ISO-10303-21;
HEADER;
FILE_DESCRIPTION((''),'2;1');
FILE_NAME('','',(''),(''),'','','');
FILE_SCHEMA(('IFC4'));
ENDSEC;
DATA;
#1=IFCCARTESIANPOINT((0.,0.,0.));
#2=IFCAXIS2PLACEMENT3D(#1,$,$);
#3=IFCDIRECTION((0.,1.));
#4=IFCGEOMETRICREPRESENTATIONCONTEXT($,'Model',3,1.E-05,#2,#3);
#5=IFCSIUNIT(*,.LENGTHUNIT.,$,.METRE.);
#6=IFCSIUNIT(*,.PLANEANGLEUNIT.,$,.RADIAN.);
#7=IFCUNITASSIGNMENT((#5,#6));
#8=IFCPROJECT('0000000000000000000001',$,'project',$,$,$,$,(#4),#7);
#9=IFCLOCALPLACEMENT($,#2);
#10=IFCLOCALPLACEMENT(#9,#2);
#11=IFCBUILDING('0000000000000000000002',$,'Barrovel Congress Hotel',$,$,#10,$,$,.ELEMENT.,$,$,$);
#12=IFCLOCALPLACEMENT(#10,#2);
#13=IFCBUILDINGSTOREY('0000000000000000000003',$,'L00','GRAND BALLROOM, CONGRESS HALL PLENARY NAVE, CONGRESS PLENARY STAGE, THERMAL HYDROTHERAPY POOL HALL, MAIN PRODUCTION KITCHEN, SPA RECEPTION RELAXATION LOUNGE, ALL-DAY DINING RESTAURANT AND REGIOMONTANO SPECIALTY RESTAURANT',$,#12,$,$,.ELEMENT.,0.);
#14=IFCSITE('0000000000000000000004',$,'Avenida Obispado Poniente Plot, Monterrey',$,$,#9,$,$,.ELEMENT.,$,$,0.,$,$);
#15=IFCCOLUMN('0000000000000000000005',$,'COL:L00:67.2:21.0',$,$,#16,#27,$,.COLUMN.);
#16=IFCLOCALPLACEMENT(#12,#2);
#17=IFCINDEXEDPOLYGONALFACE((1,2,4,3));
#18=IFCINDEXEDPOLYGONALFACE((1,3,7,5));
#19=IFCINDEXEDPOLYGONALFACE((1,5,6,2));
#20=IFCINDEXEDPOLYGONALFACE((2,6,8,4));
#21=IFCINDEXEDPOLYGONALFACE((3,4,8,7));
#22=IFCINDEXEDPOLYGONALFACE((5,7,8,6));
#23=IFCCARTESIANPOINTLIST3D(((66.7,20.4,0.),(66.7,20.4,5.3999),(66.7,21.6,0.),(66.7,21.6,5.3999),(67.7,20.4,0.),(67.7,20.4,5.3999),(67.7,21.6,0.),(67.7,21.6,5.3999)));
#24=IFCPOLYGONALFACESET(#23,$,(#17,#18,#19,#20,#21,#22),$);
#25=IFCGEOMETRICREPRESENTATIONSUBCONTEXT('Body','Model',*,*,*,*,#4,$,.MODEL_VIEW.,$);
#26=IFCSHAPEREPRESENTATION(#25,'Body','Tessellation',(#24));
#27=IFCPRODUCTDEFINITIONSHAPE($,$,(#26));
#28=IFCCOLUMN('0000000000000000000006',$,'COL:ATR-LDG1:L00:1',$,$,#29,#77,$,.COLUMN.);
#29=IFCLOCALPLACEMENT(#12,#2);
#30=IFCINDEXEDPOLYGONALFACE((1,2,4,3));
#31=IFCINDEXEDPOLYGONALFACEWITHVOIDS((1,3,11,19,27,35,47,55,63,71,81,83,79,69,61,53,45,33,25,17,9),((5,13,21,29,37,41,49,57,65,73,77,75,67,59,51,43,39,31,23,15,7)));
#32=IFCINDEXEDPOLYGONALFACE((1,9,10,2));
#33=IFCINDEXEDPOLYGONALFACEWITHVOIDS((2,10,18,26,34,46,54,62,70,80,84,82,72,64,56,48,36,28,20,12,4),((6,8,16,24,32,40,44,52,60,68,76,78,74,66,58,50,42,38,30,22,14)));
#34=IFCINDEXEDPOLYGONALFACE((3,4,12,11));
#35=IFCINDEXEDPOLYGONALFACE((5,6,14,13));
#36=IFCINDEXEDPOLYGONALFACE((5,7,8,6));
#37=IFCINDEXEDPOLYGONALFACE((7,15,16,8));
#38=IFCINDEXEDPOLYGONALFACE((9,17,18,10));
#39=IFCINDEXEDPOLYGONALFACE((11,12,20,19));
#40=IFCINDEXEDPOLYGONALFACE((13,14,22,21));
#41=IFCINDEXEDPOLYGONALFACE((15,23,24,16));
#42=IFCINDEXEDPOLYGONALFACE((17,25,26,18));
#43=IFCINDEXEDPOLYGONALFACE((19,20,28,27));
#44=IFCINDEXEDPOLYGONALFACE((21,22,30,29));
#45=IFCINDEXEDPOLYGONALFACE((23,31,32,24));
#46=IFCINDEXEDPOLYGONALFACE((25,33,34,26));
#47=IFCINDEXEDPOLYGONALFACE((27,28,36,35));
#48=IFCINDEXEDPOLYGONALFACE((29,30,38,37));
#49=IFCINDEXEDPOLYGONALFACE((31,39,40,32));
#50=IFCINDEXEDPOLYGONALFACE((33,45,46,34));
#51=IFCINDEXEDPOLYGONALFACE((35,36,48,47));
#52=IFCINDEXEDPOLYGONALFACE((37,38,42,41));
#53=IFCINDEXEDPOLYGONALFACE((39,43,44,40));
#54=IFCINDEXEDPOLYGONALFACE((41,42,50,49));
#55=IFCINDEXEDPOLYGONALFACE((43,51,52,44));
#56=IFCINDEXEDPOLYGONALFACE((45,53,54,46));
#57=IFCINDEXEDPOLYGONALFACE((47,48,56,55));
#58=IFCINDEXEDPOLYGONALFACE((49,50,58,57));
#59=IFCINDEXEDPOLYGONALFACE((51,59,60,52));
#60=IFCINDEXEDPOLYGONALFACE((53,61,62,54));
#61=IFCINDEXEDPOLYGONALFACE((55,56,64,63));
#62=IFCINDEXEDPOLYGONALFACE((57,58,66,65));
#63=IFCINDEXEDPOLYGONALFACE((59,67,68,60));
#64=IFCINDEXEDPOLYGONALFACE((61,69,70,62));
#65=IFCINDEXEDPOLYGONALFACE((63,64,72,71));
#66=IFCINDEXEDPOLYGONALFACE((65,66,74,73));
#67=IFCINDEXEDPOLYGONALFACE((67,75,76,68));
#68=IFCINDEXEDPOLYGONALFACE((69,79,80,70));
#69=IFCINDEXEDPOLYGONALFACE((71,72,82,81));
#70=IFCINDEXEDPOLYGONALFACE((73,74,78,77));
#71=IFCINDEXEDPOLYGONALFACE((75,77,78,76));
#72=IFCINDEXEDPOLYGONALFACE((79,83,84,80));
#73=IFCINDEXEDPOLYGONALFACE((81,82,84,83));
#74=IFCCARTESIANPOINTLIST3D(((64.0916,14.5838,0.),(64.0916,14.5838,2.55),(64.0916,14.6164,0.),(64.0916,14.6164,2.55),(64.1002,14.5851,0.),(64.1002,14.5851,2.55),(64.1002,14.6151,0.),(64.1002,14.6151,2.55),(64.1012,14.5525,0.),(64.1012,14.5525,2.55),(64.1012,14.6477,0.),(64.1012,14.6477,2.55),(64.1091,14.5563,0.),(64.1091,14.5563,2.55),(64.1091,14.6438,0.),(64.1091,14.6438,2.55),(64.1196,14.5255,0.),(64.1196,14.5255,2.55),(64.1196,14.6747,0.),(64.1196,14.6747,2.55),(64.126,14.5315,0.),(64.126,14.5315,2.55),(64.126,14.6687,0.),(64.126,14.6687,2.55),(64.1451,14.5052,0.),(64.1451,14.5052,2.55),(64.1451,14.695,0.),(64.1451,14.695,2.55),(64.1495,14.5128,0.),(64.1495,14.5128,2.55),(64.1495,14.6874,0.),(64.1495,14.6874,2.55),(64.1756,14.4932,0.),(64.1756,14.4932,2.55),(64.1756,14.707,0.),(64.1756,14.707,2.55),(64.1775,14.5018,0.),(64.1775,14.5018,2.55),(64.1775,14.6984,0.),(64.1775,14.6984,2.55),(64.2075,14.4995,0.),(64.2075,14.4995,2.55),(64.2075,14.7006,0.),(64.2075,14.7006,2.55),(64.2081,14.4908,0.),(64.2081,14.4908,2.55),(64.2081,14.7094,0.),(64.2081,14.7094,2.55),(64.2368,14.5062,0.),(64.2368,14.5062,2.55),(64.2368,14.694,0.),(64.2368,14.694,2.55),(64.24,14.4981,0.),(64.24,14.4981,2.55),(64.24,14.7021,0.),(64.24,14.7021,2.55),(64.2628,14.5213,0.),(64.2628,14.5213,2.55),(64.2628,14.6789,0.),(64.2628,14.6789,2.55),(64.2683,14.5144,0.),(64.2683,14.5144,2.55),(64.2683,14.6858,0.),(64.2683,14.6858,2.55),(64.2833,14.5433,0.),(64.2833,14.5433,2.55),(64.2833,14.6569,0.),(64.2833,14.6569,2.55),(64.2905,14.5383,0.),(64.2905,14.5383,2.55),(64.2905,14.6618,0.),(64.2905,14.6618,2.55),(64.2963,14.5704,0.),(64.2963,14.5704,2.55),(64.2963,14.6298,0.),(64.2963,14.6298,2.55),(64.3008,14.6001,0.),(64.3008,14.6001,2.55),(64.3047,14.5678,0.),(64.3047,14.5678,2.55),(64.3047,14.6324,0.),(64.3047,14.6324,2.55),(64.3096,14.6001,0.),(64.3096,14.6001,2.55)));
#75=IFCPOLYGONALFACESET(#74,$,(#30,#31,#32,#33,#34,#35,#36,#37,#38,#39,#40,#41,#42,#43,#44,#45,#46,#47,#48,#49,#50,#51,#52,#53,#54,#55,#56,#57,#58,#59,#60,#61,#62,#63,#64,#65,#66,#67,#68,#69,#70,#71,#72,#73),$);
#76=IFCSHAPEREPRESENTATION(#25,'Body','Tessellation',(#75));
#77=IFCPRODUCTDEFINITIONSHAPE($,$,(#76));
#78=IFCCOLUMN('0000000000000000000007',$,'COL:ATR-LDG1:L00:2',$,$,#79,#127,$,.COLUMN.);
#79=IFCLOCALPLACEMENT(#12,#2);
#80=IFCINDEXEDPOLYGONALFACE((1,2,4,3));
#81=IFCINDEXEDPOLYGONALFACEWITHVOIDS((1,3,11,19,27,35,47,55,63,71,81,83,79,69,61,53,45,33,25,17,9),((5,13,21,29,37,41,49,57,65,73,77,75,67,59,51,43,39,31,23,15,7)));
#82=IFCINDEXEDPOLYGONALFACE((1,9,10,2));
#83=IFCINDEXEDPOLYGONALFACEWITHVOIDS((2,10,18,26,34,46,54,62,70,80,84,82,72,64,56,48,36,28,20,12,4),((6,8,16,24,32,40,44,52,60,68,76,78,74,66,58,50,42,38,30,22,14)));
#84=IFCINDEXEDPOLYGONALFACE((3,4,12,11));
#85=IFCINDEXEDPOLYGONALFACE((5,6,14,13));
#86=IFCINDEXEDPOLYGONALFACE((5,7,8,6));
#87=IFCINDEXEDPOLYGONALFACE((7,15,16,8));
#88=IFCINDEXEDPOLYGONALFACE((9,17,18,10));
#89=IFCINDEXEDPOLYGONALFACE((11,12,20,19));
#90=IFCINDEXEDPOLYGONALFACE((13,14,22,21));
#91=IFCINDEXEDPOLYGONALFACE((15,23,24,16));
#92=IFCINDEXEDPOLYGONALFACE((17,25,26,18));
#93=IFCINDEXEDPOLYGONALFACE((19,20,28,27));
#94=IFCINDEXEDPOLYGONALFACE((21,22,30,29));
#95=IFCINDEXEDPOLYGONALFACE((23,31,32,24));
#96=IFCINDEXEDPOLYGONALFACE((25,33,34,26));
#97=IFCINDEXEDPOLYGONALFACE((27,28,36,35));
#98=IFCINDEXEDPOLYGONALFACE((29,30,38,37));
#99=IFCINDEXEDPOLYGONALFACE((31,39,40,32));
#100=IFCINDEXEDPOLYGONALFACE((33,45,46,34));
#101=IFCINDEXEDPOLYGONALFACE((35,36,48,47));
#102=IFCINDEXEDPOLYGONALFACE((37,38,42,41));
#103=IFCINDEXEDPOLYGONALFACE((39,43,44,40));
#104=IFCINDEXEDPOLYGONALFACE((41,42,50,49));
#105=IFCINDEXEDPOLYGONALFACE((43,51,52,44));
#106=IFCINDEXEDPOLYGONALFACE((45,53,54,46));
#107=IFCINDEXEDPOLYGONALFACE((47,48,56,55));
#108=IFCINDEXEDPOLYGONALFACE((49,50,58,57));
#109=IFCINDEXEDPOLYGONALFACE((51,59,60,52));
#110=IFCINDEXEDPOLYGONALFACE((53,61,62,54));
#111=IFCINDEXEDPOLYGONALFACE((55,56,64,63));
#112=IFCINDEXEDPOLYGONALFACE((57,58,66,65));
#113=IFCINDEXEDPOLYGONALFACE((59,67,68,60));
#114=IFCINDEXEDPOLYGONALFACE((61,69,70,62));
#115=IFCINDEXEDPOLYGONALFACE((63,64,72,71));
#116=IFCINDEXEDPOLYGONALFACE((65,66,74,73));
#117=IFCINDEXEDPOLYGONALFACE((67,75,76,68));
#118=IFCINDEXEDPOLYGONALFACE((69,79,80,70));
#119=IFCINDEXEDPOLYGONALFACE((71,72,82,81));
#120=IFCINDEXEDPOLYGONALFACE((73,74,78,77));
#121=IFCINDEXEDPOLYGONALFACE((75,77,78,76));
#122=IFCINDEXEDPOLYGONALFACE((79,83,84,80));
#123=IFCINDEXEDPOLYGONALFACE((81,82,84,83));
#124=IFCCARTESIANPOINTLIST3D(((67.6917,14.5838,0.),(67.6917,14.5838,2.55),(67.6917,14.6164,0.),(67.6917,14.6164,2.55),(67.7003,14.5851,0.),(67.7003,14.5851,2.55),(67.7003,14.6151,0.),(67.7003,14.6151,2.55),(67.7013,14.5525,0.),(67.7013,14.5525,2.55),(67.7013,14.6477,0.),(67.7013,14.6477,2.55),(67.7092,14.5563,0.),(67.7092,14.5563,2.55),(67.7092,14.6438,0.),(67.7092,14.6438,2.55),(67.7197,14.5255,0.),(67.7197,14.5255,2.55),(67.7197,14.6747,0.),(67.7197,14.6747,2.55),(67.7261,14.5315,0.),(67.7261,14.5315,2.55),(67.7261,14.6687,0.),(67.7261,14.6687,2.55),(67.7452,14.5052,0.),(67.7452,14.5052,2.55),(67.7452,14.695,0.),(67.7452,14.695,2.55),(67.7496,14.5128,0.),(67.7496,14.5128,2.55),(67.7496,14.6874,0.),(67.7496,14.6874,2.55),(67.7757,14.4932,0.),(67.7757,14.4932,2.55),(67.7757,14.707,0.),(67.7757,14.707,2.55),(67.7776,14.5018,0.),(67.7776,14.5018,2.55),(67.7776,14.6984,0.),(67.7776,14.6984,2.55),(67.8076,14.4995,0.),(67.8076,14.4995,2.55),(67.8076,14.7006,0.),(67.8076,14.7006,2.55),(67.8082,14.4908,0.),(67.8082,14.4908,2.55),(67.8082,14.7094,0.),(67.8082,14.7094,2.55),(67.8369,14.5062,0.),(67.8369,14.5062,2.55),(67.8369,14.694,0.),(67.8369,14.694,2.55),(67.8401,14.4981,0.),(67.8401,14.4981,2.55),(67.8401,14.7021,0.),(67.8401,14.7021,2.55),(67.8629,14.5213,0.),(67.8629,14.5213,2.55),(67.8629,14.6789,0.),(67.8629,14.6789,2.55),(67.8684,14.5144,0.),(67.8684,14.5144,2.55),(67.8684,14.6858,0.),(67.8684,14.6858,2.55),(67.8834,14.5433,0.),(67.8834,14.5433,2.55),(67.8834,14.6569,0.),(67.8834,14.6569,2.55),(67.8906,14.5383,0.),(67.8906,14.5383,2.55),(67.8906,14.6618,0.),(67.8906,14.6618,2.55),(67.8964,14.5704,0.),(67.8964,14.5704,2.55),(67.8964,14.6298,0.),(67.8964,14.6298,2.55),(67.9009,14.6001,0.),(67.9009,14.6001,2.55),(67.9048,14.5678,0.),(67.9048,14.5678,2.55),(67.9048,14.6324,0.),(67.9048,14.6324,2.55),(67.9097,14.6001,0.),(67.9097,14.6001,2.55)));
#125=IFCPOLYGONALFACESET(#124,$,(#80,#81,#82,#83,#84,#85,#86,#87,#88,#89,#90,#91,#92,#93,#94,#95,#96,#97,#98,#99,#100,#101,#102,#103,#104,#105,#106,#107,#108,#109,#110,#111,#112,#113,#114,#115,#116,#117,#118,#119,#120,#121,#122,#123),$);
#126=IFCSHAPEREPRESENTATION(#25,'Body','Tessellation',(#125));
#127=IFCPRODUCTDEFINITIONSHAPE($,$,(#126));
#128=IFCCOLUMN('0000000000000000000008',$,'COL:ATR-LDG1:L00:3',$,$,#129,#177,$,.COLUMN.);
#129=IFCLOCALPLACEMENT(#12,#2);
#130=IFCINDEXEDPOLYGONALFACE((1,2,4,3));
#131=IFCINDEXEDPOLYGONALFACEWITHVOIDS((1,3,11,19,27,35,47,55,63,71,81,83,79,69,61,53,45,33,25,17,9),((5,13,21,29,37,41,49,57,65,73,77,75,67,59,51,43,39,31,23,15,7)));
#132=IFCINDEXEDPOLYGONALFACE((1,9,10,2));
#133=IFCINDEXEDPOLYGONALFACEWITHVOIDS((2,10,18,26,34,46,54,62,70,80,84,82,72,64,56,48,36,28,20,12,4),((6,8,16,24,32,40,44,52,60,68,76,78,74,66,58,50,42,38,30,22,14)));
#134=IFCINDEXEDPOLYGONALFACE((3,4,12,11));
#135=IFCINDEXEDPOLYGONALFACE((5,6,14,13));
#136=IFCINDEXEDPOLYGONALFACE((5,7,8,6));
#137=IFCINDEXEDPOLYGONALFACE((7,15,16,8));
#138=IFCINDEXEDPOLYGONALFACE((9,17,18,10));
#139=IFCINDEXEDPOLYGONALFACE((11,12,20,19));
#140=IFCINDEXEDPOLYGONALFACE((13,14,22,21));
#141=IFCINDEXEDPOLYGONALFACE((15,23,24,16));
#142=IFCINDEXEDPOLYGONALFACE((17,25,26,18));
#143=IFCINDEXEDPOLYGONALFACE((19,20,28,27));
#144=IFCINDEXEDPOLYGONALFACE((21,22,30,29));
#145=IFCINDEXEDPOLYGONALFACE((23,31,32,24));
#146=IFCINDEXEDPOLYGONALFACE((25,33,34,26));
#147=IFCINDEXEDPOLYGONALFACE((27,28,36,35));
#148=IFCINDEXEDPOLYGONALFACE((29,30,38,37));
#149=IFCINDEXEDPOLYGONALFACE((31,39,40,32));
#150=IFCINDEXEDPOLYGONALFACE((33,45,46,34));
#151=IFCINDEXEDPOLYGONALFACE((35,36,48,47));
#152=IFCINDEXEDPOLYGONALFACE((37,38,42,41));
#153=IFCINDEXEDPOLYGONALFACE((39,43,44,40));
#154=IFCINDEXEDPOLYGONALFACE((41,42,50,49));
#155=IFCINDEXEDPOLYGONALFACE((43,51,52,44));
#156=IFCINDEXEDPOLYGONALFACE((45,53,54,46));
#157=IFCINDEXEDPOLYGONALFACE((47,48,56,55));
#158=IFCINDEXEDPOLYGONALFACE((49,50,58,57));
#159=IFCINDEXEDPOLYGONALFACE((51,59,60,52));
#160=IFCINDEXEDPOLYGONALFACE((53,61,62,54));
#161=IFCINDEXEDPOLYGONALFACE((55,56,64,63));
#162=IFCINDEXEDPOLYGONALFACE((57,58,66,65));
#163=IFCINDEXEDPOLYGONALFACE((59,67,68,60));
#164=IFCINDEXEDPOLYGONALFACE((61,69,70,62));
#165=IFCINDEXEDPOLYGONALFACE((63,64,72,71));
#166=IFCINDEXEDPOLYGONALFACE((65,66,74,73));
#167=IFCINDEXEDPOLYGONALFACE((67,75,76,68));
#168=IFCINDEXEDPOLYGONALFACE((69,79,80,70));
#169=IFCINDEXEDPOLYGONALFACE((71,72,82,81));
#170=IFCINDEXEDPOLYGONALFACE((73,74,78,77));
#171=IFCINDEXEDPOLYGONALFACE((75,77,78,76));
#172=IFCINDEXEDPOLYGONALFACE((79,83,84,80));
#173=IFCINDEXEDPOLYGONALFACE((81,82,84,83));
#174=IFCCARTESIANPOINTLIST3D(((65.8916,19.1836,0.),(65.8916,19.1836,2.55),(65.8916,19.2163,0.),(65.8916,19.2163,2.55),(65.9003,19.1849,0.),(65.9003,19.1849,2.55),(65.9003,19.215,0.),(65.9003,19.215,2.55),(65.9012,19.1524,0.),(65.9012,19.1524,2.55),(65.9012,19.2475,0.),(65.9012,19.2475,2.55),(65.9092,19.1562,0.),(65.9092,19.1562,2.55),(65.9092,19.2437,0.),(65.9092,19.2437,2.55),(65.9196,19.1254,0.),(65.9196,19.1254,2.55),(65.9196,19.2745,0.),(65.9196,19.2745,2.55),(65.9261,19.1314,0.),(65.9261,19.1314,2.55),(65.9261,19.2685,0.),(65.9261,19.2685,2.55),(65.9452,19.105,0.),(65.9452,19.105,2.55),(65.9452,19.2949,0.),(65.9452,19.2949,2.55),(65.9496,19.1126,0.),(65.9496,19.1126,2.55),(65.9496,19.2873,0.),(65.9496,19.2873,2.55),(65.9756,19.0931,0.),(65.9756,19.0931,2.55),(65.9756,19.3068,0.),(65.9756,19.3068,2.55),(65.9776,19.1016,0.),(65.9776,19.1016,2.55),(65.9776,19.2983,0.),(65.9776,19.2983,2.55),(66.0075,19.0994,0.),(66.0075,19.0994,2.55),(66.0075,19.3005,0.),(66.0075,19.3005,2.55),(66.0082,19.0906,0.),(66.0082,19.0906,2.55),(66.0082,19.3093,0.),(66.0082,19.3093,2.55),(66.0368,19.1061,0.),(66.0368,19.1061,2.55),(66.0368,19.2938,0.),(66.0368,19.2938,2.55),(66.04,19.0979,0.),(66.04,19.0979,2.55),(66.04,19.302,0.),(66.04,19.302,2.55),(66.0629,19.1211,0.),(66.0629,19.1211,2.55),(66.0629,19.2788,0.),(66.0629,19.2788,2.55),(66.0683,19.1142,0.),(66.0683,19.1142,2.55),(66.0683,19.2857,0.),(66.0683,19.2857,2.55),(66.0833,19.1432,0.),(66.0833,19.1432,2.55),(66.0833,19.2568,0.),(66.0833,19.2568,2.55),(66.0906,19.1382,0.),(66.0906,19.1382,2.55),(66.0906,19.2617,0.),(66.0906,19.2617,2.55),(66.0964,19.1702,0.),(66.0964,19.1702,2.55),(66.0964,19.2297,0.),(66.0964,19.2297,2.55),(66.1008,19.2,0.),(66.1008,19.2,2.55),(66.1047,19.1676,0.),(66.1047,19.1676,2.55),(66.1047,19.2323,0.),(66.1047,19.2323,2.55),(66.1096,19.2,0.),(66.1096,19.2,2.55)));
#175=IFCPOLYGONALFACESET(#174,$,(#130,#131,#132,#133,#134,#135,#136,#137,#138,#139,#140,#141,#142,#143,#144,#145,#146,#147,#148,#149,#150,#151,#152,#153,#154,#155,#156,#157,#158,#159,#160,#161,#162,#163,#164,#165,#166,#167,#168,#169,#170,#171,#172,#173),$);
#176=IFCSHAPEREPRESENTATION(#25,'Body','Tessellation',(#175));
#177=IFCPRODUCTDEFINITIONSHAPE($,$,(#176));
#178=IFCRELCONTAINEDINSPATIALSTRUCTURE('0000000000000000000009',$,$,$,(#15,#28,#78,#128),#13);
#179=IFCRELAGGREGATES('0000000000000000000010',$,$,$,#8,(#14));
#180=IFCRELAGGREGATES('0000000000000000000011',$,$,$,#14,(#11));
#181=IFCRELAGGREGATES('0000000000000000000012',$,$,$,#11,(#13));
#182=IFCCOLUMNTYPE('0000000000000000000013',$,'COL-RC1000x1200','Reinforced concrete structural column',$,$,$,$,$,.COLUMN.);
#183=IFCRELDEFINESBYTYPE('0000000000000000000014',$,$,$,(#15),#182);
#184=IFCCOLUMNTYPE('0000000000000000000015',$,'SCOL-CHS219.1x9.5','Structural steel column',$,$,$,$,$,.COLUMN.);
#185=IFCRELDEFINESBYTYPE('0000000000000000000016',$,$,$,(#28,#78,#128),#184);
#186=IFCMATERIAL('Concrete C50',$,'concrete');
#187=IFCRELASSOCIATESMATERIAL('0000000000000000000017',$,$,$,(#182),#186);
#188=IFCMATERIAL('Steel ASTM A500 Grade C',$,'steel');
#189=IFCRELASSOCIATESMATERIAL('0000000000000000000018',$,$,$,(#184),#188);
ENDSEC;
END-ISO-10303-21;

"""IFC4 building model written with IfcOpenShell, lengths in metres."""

from ifc_helpers import new_model, si_unit, direction, frame, origin, origin_2d, place, context, subcontext, project, spatial, rectangle, hollow_circle, extrude, material, material_profile, profile_set, type_object, element, save


model = new_model("IFC4")

# Units and contexts
model_context = context("Model", 3, precision=1e-05, world=origin(), true_north=direction((0.0, 1.0)))
body_context = subcontext(model_context, "Body", "Model", "MODEL_VIEW")
ifc_project = project(units=[si_unit("LENGTHUNIT", "METRE"), si_unit("PLANEANGLEUNIT", "RADIAN")], contexts=[model_context])

# Site, building, storey
site_placement = place(None, origin())
site = spatial("IfcSite", under=ifc_project, at=site_placement, Name="Avenida Obispado Poniente Plot, Monterrey", CompositionType="ELEMENT", RefElevation=0.0)
building_placement = place(site_placement, origin())
building = spatial("IfcBuilding", under=site, at=building_placement, Name="Barrovel Congress Hotel", CompositionType="ELEMENT")
storey_placement = place(building_placement, origin())
storey = spatial("IfcBuildingStorey", under=building, at=storey_placement, Name="L00", Description="GRAND BALLROOM, CONGRESS HALL PLENARY NAVE, CONGRESS PLENARY STAGE, THERMAL HYDROTHERAPY POOL HALL, MAIN PRODUCTION KITCHEN, SPA RECEPTION RELAXATION LOUNGE, ALL-DAY DINING RESTAURANT AND REGIOMONTANO SPECIALTY RESTAURANT", CompositionType="ELEMENT", Elevation=0.0)

# Columns
ifc_material_1 = material(Name="Concrete C50", Category="concrete")
ifc_material_profile_1 = material_profile(ifc_material_1, rectangle(XDim=1.0, YDim=1.2, at=origin_2d()), Name="RC1000x1200")
ifc_profile_set_1 = profile_set([ifc_material_profile_1], Name="Concrete C50")
column_type_1 = type_object("IfcColumnType", Name="COL-RC1000x1200", Description="Reinforced concrete structural column", PredefinedType="COLUMN", material=ifc_profile_set_1)
column_placement = place(storey_placement, frame((67.2, 21.0, 0.0), z_axis=(0.0, 0.0, 1.0), x_axis=(1.0, 0.0, 0.0)))
element("IfcColumn", 1, at=column_placement, inside=storey, type_object=column_type_1, Name="COL:L00:67.2:21.0", PredefinedType="COLUMN", context=body_context, shape_type="SweptSolid", body=[
    extrude(rectangle(XDim=1.0, YDim=1.2, at=origin_2d()), origin(), (0.0, 0.0, 1.0), 5.3999),
])
ifc_material_2 = material(Name="Steel ASTM A500 Grade C", Category="steel")
ifc_material_profile_2 = material_profile(ifc_material_2, hollow_circle(Radius=0.1096, WallThickness=0.0088, at=origin_2d()), Name="CHS219.1x9.5")
ifc_profile_set_2 = profile_set([ifc_material_profile_2], Name="Steel ASTM A500 Grade C")
column_type_2 = type_object("IfcColumnType", Name="SCOL-CHS219.1x9.5", Description="Structural steel column", PredefinedType="COLUMN", material=ifc_profile_set_2)
for number, where, z_axis, x_axis, name in (
    (2, (64.2, 14.6001, 0.0), (0.0, 0.0, 1.0), (1.0, 0.0, 0.0), "COL:ATR-LDG1:L00:1"),
    (3, (67.8, 14.6001, 0.0), (0.0, 0.0, 1.0), (1.0, 0.0, 0.0), "COL:ATR-LDG1:L00:2"),
    (4, (66.0, 19.2, 0.0), (0.0, 0.0, 1.0), (1.0, 0.0, 0.0), "COL:ATR-LDG1:L00:3"),
):
    element("IfcColumn", number, at=place(storey_placement, frame(where, z_axis=z_axis, x_axis=x_axis)), inside=storey, type_object=column_type_2, Name=name, PredefinedType="COLUMN", context=body_context, shape_type="SweptSolid", body=[
        extrude(hollow_circle(Radius=0.1096, WallThickness=0.0088, at=origin_2d()), origin(), (0.0, 0.0, 1.0), 2.55),
    ])

save(model, "model.ifc")
